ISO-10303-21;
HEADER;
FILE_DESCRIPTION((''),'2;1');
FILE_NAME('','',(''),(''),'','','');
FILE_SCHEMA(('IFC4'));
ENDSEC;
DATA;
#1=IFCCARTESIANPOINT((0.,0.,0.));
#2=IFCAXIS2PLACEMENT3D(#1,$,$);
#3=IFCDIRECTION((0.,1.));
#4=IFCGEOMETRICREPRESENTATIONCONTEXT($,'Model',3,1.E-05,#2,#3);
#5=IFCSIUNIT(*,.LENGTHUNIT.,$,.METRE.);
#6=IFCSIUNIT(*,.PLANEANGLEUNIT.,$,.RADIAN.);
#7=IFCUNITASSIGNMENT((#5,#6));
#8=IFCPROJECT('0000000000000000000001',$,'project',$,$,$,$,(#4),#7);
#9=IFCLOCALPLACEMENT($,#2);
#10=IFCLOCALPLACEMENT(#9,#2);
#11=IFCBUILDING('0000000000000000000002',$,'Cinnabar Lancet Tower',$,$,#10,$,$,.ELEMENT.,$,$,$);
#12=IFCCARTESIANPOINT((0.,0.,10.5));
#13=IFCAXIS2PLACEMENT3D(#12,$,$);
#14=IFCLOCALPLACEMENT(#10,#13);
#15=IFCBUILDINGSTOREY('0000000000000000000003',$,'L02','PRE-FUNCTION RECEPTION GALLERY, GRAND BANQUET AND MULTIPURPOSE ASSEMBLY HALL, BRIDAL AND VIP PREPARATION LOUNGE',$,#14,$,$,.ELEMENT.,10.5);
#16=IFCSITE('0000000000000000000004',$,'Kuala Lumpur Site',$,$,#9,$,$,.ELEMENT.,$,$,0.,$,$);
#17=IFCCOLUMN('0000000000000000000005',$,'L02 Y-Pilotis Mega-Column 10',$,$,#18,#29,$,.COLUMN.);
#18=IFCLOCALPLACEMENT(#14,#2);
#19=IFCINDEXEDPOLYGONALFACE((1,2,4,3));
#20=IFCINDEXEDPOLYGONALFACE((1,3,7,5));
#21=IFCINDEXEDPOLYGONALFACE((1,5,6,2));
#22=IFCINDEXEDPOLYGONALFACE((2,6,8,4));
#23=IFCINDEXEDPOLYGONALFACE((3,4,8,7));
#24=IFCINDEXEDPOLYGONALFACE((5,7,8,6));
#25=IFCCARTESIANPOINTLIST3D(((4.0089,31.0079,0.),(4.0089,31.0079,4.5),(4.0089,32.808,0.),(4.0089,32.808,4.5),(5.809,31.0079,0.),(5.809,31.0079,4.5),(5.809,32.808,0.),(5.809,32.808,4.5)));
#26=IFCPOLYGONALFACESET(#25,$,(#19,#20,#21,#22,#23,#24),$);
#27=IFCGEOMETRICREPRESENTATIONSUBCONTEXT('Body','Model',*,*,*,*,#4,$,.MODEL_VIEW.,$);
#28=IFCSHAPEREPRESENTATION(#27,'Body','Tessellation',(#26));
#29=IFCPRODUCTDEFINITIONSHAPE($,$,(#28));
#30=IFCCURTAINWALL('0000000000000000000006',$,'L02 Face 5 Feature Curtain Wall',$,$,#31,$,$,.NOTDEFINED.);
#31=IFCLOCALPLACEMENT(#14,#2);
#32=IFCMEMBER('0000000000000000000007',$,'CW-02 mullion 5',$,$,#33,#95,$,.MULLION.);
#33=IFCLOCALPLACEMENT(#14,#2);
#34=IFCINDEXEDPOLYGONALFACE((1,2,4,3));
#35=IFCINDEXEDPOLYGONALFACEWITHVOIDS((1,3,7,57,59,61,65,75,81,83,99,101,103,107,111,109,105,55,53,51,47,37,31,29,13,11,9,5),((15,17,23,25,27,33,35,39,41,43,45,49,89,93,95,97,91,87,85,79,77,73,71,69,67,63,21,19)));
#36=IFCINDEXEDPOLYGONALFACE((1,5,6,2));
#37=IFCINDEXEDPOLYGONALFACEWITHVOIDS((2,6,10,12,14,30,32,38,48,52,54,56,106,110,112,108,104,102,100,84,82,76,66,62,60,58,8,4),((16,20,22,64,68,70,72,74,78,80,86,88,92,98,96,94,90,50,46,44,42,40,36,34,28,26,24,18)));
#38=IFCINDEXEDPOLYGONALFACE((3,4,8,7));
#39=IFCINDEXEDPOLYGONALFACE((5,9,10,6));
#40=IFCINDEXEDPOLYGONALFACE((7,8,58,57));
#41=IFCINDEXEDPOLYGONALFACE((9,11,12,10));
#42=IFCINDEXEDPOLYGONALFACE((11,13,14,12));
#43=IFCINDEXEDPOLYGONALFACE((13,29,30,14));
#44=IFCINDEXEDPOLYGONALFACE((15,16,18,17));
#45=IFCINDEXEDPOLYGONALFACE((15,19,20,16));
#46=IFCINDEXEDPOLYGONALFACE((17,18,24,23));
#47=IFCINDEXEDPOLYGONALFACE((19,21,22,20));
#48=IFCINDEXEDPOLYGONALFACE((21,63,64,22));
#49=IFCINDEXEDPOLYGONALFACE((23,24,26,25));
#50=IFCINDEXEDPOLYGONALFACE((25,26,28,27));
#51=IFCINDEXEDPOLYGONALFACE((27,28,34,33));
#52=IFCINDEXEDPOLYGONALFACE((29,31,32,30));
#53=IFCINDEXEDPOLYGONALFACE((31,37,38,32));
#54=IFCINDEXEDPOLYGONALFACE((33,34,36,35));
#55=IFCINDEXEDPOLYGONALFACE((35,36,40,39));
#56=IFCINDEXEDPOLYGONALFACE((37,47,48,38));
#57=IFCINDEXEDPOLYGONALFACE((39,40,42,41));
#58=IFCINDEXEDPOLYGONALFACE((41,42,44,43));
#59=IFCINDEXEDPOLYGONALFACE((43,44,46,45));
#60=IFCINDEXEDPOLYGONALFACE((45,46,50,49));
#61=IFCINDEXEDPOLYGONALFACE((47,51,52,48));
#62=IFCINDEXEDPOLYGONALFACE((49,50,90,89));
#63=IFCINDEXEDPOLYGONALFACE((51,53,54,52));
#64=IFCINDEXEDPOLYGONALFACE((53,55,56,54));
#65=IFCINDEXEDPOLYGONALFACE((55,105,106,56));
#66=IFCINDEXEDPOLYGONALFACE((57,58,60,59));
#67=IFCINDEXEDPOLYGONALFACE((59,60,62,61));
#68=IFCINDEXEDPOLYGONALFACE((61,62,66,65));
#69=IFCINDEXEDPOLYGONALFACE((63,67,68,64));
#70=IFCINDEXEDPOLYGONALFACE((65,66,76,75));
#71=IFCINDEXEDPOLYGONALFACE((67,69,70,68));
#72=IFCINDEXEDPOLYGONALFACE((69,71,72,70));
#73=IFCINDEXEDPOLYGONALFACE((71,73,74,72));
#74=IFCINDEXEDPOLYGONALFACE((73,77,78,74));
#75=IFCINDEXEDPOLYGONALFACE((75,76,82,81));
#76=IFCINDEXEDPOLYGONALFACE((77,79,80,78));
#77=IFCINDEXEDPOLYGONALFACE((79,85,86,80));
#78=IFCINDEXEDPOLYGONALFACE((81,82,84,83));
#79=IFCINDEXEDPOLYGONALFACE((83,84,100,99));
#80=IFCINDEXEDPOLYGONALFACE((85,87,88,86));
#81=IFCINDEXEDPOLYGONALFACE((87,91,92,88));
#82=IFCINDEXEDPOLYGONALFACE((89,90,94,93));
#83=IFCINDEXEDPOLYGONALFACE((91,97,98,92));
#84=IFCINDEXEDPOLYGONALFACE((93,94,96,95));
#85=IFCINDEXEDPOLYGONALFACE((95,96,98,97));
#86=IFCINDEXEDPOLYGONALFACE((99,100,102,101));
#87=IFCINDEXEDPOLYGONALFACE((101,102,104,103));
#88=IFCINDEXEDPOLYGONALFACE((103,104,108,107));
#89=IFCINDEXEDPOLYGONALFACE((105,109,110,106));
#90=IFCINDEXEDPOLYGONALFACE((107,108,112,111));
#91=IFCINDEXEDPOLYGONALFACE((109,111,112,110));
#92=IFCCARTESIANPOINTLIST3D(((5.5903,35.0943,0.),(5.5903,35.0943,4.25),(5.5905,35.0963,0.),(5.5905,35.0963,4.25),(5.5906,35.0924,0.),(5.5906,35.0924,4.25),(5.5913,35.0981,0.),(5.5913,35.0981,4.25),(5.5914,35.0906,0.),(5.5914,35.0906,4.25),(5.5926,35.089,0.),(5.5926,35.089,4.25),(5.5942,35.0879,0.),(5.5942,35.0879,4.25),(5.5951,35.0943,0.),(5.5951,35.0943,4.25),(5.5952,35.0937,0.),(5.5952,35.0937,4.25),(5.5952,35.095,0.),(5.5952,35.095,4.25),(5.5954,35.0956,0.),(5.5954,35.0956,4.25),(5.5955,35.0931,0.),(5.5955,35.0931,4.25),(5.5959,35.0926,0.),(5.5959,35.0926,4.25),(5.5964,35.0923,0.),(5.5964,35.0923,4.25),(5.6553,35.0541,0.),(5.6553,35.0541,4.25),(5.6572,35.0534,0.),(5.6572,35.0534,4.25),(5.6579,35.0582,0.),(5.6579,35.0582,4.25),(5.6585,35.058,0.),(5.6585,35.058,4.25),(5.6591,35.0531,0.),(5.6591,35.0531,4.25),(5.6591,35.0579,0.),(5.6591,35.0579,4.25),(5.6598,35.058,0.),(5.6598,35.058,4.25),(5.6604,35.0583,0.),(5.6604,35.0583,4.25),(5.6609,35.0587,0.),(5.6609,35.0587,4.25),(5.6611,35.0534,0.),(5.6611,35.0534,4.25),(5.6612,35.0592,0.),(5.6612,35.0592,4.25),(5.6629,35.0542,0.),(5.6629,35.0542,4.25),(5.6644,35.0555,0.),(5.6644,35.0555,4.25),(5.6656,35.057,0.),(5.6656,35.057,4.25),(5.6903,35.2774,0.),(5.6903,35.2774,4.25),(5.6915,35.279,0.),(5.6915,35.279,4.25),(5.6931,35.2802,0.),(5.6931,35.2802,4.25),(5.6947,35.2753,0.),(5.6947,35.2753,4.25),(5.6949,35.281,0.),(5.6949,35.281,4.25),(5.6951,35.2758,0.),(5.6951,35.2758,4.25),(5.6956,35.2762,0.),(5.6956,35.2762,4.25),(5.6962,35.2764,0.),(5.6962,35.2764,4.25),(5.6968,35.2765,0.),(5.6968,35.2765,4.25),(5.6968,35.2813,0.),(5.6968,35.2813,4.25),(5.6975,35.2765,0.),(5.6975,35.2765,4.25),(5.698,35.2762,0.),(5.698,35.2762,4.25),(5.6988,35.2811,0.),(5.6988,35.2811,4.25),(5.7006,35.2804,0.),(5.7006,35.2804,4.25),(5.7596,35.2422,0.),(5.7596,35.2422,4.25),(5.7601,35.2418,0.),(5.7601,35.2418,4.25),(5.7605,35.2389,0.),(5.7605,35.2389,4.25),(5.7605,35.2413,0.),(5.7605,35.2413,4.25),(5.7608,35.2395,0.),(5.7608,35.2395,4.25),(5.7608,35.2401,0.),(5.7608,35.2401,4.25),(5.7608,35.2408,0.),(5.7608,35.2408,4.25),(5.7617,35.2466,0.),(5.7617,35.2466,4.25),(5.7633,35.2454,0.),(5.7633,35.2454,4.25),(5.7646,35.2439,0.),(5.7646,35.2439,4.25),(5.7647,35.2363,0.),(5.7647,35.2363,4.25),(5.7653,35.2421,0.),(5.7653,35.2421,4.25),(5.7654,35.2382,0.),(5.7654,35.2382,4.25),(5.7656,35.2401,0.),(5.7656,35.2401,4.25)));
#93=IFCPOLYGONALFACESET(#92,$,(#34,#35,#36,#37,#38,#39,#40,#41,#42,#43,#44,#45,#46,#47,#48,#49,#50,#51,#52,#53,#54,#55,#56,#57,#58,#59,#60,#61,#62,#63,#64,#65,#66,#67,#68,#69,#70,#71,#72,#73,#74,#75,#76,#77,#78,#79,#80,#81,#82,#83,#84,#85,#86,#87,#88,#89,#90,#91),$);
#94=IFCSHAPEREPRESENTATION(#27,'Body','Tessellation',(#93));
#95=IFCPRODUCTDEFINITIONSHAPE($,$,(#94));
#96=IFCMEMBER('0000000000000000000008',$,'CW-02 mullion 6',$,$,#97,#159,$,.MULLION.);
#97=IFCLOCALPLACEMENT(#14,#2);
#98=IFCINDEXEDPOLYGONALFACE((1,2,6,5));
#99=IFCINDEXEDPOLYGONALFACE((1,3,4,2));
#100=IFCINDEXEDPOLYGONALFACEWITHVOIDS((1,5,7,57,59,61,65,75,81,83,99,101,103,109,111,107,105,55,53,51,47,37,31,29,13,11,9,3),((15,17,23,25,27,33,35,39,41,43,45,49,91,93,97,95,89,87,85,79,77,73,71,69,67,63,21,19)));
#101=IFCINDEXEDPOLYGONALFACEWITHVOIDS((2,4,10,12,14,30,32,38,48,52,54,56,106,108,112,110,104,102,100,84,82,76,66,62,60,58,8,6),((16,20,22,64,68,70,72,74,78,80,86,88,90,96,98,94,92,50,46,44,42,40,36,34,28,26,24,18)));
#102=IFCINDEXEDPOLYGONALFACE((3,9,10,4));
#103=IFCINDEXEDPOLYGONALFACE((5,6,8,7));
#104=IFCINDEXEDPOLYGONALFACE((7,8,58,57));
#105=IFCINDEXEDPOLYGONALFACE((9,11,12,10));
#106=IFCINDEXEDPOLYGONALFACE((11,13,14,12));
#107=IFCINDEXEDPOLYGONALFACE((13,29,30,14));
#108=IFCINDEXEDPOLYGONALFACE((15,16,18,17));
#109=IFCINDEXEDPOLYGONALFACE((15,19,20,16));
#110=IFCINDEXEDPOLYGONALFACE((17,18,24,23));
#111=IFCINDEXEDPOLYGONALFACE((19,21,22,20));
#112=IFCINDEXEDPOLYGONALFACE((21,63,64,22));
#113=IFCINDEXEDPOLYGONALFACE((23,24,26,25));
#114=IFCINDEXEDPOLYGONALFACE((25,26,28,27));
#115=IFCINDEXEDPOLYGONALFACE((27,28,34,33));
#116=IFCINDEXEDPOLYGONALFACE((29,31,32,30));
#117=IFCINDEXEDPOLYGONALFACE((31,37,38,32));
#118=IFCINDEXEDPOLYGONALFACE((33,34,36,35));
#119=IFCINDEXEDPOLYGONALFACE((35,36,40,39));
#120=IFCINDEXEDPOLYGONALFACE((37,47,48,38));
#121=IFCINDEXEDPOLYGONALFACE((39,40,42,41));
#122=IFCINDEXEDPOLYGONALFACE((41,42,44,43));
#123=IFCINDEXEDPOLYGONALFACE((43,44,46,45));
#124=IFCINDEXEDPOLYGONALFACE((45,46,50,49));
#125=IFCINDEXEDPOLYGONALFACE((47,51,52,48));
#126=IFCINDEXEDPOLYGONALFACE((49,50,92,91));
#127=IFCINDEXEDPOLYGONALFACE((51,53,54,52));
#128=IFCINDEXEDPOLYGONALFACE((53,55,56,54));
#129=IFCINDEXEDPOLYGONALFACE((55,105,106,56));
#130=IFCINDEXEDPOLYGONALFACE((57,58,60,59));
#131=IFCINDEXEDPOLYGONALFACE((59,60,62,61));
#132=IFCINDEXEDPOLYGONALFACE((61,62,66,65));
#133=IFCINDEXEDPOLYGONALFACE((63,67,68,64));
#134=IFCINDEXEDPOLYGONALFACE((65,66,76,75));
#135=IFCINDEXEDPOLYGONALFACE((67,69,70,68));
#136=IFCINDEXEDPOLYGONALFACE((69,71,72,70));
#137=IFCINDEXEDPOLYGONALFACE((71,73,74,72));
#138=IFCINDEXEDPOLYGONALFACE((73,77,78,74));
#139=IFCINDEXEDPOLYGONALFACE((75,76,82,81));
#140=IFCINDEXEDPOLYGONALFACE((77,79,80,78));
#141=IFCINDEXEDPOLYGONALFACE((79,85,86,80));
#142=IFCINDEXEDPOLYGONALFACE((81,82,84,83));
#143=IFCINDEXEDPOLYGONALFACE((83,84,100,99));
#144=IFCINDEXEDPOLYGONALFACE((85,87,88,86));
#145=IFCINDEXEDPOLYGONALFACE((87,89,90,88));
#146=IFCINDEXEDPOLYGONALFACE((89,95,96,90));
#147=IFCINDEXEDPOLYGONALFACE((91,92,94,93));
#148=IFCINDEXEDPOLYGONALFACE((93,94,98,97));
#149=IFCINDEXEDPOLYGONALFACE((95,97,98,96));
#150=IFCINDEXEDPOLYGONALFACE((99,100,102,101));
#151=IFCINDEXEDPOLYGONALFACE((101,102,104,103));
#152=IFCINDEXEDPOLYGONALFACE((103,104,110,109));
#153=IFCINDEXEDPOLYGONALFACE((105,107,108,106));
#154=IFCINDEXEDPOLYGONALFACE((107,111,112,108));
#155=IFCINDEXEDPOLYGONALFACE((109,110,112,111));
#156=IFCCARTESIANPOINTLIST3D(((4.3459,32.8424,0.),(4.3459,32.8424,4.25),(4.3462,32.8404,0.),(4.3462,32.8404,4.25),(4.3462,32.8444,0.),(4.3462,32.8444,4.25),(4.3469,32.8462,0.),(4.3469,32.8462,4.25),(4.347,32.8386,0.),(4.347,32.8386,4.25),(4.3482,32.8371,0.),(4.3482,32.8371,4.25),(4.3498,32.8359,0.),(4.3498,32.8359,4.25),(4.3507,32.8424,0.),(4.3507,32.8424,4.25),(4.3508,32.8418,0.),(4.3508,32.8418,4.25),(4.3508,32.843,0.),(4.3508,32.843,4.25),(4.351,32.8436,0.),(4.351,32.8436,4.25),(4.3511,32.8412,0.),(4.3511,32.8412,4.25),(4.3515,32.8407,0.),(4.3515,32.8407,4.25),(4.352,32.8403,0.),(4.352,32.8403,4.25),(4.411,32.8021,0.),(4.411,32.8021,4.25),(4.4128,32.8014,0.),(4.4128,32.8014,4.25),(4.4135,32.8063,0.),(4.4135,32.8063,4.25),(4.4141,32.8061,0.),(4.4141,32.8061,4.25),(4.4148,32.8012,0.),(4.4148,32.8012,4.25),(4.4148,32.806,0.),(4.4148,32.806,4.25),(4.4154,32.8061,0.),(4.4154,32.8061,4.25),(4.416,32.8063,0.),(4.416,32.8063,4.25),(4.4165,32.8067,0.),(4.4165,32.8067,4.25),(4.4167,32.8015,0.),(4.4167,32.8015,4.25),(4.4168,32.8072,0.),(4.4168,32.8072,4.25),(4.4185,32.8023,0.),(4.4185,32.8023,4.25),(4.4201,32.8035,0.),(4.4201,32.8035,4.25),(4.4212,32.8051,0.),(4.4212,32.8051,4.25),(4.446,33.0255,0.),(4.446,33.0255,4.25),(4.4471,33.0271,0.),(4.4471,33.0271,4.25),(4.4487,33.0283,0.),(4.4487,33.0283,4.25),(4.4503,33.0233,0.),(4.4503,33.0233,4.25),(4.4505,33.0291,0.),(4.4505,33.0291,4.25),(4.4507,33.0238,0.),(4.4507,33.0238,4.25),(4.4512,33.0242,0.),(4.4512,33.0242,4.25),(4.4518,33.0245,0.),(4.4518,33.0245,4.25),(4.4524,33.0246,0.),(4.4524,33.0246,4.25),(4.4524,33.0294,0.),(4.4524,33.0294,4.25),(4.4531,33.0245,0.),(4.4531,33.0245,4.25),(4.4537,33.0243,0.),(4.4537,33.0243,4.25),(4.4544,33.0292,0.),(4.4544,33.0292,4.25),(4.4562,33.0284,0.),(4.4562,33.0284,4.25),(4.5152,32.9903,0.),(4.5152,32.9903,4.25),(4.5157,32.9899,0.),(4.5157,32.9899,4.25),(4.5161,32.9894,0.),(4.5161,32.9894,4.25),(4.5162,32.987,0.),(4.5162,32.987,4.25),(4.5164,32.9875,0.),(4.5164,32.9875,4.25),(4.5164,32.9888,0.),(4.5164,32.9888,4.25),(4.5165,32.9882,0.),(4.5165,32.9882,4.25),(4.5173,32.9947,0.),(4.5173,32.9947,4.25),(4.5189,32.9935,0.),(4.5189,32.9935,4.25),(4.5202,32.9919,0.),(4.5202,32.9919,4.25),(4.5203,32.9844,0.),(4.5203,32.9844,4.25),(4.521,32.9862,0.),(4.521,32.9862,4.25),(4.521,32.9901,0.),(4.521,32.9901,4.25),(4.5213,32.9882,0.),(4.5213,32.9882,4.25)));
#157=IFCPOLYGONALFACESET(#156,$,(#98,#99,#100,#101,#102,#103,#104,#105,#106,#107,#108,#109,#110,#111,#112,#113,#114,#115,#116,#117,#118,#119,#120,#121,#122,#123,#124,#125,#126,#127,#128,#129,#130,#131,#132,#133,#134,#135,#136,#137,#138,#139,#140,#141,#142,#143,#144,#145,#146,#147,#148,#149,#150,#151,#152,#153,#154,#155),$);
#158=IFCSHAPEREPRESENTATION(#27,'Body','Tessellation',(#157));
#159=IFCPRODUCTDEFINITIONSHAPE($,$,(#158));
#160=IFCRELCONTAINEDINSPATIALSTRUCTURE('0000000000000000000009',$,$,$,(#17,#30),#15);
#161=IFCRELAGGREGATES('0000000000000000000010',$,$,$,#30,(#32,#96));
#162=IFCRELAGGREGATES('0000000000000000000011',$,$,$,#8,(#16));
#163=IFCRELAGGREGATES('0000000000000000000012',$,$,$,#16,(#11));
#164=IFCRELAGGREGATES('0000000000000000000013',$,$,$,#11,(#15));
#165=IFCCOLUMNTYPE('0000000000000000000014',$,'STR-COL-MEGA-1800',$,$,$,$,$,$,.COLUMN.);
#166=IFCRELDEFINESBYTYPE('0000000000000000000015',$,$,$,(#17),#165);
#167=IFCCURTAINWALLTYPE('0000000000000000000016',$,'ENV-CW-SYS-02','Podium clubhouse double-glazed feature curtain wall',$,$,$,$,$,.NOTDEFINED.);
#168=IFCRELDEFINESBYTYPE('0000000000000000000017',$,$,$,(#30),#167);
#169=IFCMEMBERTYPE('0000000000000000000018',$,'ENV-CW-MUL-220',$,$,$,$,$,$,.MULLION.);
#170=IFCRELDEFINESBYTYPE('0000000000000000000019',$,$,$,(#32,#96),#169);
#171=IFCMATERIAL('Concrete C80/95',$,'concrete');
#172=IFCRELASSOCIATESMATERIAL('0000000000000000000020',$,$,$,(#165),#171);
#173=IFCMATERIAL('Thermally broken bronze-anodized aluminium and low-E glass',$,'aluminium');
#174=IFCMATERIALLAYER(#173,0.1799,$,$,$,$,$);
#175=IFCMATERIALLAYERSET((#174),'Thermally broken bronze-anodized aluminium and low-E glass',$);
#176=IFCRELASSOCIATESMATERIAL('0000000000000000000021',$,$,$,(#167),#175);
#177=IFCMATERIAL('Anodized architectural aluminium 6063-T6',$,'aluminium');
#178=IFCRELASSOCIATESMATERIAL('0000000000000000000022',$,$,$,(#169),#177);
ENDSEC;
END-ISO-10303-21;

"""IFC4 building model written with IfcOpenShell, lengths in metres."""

from ifc_helpers import new_model, si_unit, direction, frame, origin, origin_2d, place, context, subcontext, project, spatial, rectangle, hollow_rectangle, extrude, material, layer, layer_set, material_profile, profile_set, type_object, element, aggregate, save


model = new_model("IFC4")

# Units and contexts
model_context = context("Model", 3, precision=1e-05, world=origin(), true_north=direction((0.0, 1.0)))
body_context = subcontext(model_context, "Body", "Model", "MODEL_VIEW")
ifc_project = project(units=[si_unit("LENGTHUNIT", "METRE"), si_unit("PLANEANGLEUNIT", "RADIAN")], contexts=[model_context])

# Site, building, storey
site_placement = place(None, origin())
site = spatial("IfcSite", under=ifc_project, at=site_placement, Name="Kuala Lumpur Site", CompositionType="ELEMENT", RefElevation=0.0)
building_placement = place(site_placement, origin())
building = spatial("IfcBuilding", under=site, at=building_placement, Name="Cinnabar Lancet Tower", CompositionType="ELEMENT")
storey_placement = place(building_placement, frame((0.0, 0.0, 10.5)))
storey = spatial("IfcBuildingStorey", under=building, at=storey_placement, Name="L02", Description="PRE-FUNCTION RECEPTION GALLERY, GRAND BANQUET AND MULTIPURPOSE ASSEMBLY HALL, BRIDAL AND VIP PREPARATION LOUNGE", CompositionType="ELEMENT", Elevation=10.5)

# Column
ifc_material_1 = material(Name="Concrete C80/95", Category="concrete")
ifc_material_profile_1 = material_profile(ifc_material_1, rectangle(XDim=1.8, YDim=1.8, at=origin_2d()), Name="RC-MEGA 1800x1800")
ifc_profile_set_1 = profile_set([ifc_material_profile_1], Name="Concrete C80/95")
column_type = type_object("IfcColumnType", Name="STR-COL-MEGA-1800", PredefinedType="COLUMN", material=ifc_profile_set_1)
column_placement = place(storey_placement, frame((4.9089, 31.908, 0.0), z_axis=(0.0, 0.0, 1.0), x_axis=(1.0, 0.0, 0.0)))
element("IfcColumn", 1, at=column_placement, inside=storey, type_object=column_type, Name="L02 Y-Pilotis Mega-Column 10", PredefinedType="COLUMN", context=body_context, shape_type="SweptSolid", body=[
    extrude(rectangle(XDim=1.8, YDim=1.8, at=origin_2d()), origin(), (0.0, 0.0, 1.0), 4.5),
])

# Curtain wall, members
ifc_material_2 = material(Name="Thermally broken bronze-anodized aluminium and low-E glass", Category="aluminium")
ifc_layer_1 = layer(ifc_material_2, 0.1799)
ifc_layer_set_1 = layer_set([ifc_layer_1], Name="Thermally broken bronze-anodized aluminium and low-E glass")
curtain_wall_type = type_object("IfcCurtainWallType", Name="ENV-CW-SYS-02", Description="Podium clubhouse double-glazed feature curtain wall", PredefinedType="NOTDEFINED", material=ifc_layer_set_1)
curtain_wall_placement = place(storey_placement, origin())
curtain_wall = element("IfcCurtainWall", 2, at=curtain_wall_placement, inside=storey, type_object=curtain_wall_type, Name="L02 Face 5 Feature Curtain Wall", PredefinedType="NOTDEFINED")
ifc_material_3 = material(Name="Anodized architectural aluminium 6063-T6", Category="aluminium")
ifc_material_profile_2 = material_profile(ifc_material_3, hollow_rectangle(XDim=0.085, YDim=0.22, WallThickness=0.0049, InnerFilletRadius=0.0024, OuterFilletRadius=0.0076, at=origin_2d()), Name="CW-MUL 220x85x5")
ifc_profile_set_2 = profile_set([ifc_material_profile_2], Name="Anodized architectural aluminium 6063-T6")
member_type_1 = type_object("IfcMemberType", Name="ENV-CW-MUL-220", PredefinedType="MULLION", material=ifc_profile_set_2)
member_1_placement = place(storey_placement, frame((5.678, 35.1672, 0.0), z_axis=(0.0, 0.0, 1.0), x_axis=(0.875242, -0.483685, 0.0)))
member_1 = element("IfcMember", 3, at=member_1_placement, type_object=member_type_1, Name="CW-02 mullion 5", PredefinedType="MULLION", context=body_context, shape_type="SweptSolid", body=[
    extrude(hollow_rectangle(XDim=0.085, YDim=0.22, WallThickness=0.0049, InnerFilletRadius=0.0024, OuterFilletRadius=0.0076, at=origin_2d()), origin(), (0.0, 0.0, 1.0), 4.25),
])
member_2_placement = place(storey_placement, frame((4.4336, 32.9153, 0.0), z_axis=(0.0, 0.0, 1.0), x_axis=(0.875242, -0.483685, 0.0)))
member_2 = element("IfcMember", 4, at=member_2_placement, type_object=member_type_1, Name="CW-02 mullion 6", PredefinedType="MULLION", context=body_context, shape_type="SweptSolid", body=[
    extrude(hollow_rectangle(XDim=0.085, YDim=0.22, WallThickness=0.0049, InnerFilletRadius=0.0024, OuterFilletRadius=0.0076, at=origin_2d()), origin(), (0.0, 0.0, 1.0), 4.25),
])

aggregate(curtain_wall, [member_1, member_2])

save(model, "model.ifc")
